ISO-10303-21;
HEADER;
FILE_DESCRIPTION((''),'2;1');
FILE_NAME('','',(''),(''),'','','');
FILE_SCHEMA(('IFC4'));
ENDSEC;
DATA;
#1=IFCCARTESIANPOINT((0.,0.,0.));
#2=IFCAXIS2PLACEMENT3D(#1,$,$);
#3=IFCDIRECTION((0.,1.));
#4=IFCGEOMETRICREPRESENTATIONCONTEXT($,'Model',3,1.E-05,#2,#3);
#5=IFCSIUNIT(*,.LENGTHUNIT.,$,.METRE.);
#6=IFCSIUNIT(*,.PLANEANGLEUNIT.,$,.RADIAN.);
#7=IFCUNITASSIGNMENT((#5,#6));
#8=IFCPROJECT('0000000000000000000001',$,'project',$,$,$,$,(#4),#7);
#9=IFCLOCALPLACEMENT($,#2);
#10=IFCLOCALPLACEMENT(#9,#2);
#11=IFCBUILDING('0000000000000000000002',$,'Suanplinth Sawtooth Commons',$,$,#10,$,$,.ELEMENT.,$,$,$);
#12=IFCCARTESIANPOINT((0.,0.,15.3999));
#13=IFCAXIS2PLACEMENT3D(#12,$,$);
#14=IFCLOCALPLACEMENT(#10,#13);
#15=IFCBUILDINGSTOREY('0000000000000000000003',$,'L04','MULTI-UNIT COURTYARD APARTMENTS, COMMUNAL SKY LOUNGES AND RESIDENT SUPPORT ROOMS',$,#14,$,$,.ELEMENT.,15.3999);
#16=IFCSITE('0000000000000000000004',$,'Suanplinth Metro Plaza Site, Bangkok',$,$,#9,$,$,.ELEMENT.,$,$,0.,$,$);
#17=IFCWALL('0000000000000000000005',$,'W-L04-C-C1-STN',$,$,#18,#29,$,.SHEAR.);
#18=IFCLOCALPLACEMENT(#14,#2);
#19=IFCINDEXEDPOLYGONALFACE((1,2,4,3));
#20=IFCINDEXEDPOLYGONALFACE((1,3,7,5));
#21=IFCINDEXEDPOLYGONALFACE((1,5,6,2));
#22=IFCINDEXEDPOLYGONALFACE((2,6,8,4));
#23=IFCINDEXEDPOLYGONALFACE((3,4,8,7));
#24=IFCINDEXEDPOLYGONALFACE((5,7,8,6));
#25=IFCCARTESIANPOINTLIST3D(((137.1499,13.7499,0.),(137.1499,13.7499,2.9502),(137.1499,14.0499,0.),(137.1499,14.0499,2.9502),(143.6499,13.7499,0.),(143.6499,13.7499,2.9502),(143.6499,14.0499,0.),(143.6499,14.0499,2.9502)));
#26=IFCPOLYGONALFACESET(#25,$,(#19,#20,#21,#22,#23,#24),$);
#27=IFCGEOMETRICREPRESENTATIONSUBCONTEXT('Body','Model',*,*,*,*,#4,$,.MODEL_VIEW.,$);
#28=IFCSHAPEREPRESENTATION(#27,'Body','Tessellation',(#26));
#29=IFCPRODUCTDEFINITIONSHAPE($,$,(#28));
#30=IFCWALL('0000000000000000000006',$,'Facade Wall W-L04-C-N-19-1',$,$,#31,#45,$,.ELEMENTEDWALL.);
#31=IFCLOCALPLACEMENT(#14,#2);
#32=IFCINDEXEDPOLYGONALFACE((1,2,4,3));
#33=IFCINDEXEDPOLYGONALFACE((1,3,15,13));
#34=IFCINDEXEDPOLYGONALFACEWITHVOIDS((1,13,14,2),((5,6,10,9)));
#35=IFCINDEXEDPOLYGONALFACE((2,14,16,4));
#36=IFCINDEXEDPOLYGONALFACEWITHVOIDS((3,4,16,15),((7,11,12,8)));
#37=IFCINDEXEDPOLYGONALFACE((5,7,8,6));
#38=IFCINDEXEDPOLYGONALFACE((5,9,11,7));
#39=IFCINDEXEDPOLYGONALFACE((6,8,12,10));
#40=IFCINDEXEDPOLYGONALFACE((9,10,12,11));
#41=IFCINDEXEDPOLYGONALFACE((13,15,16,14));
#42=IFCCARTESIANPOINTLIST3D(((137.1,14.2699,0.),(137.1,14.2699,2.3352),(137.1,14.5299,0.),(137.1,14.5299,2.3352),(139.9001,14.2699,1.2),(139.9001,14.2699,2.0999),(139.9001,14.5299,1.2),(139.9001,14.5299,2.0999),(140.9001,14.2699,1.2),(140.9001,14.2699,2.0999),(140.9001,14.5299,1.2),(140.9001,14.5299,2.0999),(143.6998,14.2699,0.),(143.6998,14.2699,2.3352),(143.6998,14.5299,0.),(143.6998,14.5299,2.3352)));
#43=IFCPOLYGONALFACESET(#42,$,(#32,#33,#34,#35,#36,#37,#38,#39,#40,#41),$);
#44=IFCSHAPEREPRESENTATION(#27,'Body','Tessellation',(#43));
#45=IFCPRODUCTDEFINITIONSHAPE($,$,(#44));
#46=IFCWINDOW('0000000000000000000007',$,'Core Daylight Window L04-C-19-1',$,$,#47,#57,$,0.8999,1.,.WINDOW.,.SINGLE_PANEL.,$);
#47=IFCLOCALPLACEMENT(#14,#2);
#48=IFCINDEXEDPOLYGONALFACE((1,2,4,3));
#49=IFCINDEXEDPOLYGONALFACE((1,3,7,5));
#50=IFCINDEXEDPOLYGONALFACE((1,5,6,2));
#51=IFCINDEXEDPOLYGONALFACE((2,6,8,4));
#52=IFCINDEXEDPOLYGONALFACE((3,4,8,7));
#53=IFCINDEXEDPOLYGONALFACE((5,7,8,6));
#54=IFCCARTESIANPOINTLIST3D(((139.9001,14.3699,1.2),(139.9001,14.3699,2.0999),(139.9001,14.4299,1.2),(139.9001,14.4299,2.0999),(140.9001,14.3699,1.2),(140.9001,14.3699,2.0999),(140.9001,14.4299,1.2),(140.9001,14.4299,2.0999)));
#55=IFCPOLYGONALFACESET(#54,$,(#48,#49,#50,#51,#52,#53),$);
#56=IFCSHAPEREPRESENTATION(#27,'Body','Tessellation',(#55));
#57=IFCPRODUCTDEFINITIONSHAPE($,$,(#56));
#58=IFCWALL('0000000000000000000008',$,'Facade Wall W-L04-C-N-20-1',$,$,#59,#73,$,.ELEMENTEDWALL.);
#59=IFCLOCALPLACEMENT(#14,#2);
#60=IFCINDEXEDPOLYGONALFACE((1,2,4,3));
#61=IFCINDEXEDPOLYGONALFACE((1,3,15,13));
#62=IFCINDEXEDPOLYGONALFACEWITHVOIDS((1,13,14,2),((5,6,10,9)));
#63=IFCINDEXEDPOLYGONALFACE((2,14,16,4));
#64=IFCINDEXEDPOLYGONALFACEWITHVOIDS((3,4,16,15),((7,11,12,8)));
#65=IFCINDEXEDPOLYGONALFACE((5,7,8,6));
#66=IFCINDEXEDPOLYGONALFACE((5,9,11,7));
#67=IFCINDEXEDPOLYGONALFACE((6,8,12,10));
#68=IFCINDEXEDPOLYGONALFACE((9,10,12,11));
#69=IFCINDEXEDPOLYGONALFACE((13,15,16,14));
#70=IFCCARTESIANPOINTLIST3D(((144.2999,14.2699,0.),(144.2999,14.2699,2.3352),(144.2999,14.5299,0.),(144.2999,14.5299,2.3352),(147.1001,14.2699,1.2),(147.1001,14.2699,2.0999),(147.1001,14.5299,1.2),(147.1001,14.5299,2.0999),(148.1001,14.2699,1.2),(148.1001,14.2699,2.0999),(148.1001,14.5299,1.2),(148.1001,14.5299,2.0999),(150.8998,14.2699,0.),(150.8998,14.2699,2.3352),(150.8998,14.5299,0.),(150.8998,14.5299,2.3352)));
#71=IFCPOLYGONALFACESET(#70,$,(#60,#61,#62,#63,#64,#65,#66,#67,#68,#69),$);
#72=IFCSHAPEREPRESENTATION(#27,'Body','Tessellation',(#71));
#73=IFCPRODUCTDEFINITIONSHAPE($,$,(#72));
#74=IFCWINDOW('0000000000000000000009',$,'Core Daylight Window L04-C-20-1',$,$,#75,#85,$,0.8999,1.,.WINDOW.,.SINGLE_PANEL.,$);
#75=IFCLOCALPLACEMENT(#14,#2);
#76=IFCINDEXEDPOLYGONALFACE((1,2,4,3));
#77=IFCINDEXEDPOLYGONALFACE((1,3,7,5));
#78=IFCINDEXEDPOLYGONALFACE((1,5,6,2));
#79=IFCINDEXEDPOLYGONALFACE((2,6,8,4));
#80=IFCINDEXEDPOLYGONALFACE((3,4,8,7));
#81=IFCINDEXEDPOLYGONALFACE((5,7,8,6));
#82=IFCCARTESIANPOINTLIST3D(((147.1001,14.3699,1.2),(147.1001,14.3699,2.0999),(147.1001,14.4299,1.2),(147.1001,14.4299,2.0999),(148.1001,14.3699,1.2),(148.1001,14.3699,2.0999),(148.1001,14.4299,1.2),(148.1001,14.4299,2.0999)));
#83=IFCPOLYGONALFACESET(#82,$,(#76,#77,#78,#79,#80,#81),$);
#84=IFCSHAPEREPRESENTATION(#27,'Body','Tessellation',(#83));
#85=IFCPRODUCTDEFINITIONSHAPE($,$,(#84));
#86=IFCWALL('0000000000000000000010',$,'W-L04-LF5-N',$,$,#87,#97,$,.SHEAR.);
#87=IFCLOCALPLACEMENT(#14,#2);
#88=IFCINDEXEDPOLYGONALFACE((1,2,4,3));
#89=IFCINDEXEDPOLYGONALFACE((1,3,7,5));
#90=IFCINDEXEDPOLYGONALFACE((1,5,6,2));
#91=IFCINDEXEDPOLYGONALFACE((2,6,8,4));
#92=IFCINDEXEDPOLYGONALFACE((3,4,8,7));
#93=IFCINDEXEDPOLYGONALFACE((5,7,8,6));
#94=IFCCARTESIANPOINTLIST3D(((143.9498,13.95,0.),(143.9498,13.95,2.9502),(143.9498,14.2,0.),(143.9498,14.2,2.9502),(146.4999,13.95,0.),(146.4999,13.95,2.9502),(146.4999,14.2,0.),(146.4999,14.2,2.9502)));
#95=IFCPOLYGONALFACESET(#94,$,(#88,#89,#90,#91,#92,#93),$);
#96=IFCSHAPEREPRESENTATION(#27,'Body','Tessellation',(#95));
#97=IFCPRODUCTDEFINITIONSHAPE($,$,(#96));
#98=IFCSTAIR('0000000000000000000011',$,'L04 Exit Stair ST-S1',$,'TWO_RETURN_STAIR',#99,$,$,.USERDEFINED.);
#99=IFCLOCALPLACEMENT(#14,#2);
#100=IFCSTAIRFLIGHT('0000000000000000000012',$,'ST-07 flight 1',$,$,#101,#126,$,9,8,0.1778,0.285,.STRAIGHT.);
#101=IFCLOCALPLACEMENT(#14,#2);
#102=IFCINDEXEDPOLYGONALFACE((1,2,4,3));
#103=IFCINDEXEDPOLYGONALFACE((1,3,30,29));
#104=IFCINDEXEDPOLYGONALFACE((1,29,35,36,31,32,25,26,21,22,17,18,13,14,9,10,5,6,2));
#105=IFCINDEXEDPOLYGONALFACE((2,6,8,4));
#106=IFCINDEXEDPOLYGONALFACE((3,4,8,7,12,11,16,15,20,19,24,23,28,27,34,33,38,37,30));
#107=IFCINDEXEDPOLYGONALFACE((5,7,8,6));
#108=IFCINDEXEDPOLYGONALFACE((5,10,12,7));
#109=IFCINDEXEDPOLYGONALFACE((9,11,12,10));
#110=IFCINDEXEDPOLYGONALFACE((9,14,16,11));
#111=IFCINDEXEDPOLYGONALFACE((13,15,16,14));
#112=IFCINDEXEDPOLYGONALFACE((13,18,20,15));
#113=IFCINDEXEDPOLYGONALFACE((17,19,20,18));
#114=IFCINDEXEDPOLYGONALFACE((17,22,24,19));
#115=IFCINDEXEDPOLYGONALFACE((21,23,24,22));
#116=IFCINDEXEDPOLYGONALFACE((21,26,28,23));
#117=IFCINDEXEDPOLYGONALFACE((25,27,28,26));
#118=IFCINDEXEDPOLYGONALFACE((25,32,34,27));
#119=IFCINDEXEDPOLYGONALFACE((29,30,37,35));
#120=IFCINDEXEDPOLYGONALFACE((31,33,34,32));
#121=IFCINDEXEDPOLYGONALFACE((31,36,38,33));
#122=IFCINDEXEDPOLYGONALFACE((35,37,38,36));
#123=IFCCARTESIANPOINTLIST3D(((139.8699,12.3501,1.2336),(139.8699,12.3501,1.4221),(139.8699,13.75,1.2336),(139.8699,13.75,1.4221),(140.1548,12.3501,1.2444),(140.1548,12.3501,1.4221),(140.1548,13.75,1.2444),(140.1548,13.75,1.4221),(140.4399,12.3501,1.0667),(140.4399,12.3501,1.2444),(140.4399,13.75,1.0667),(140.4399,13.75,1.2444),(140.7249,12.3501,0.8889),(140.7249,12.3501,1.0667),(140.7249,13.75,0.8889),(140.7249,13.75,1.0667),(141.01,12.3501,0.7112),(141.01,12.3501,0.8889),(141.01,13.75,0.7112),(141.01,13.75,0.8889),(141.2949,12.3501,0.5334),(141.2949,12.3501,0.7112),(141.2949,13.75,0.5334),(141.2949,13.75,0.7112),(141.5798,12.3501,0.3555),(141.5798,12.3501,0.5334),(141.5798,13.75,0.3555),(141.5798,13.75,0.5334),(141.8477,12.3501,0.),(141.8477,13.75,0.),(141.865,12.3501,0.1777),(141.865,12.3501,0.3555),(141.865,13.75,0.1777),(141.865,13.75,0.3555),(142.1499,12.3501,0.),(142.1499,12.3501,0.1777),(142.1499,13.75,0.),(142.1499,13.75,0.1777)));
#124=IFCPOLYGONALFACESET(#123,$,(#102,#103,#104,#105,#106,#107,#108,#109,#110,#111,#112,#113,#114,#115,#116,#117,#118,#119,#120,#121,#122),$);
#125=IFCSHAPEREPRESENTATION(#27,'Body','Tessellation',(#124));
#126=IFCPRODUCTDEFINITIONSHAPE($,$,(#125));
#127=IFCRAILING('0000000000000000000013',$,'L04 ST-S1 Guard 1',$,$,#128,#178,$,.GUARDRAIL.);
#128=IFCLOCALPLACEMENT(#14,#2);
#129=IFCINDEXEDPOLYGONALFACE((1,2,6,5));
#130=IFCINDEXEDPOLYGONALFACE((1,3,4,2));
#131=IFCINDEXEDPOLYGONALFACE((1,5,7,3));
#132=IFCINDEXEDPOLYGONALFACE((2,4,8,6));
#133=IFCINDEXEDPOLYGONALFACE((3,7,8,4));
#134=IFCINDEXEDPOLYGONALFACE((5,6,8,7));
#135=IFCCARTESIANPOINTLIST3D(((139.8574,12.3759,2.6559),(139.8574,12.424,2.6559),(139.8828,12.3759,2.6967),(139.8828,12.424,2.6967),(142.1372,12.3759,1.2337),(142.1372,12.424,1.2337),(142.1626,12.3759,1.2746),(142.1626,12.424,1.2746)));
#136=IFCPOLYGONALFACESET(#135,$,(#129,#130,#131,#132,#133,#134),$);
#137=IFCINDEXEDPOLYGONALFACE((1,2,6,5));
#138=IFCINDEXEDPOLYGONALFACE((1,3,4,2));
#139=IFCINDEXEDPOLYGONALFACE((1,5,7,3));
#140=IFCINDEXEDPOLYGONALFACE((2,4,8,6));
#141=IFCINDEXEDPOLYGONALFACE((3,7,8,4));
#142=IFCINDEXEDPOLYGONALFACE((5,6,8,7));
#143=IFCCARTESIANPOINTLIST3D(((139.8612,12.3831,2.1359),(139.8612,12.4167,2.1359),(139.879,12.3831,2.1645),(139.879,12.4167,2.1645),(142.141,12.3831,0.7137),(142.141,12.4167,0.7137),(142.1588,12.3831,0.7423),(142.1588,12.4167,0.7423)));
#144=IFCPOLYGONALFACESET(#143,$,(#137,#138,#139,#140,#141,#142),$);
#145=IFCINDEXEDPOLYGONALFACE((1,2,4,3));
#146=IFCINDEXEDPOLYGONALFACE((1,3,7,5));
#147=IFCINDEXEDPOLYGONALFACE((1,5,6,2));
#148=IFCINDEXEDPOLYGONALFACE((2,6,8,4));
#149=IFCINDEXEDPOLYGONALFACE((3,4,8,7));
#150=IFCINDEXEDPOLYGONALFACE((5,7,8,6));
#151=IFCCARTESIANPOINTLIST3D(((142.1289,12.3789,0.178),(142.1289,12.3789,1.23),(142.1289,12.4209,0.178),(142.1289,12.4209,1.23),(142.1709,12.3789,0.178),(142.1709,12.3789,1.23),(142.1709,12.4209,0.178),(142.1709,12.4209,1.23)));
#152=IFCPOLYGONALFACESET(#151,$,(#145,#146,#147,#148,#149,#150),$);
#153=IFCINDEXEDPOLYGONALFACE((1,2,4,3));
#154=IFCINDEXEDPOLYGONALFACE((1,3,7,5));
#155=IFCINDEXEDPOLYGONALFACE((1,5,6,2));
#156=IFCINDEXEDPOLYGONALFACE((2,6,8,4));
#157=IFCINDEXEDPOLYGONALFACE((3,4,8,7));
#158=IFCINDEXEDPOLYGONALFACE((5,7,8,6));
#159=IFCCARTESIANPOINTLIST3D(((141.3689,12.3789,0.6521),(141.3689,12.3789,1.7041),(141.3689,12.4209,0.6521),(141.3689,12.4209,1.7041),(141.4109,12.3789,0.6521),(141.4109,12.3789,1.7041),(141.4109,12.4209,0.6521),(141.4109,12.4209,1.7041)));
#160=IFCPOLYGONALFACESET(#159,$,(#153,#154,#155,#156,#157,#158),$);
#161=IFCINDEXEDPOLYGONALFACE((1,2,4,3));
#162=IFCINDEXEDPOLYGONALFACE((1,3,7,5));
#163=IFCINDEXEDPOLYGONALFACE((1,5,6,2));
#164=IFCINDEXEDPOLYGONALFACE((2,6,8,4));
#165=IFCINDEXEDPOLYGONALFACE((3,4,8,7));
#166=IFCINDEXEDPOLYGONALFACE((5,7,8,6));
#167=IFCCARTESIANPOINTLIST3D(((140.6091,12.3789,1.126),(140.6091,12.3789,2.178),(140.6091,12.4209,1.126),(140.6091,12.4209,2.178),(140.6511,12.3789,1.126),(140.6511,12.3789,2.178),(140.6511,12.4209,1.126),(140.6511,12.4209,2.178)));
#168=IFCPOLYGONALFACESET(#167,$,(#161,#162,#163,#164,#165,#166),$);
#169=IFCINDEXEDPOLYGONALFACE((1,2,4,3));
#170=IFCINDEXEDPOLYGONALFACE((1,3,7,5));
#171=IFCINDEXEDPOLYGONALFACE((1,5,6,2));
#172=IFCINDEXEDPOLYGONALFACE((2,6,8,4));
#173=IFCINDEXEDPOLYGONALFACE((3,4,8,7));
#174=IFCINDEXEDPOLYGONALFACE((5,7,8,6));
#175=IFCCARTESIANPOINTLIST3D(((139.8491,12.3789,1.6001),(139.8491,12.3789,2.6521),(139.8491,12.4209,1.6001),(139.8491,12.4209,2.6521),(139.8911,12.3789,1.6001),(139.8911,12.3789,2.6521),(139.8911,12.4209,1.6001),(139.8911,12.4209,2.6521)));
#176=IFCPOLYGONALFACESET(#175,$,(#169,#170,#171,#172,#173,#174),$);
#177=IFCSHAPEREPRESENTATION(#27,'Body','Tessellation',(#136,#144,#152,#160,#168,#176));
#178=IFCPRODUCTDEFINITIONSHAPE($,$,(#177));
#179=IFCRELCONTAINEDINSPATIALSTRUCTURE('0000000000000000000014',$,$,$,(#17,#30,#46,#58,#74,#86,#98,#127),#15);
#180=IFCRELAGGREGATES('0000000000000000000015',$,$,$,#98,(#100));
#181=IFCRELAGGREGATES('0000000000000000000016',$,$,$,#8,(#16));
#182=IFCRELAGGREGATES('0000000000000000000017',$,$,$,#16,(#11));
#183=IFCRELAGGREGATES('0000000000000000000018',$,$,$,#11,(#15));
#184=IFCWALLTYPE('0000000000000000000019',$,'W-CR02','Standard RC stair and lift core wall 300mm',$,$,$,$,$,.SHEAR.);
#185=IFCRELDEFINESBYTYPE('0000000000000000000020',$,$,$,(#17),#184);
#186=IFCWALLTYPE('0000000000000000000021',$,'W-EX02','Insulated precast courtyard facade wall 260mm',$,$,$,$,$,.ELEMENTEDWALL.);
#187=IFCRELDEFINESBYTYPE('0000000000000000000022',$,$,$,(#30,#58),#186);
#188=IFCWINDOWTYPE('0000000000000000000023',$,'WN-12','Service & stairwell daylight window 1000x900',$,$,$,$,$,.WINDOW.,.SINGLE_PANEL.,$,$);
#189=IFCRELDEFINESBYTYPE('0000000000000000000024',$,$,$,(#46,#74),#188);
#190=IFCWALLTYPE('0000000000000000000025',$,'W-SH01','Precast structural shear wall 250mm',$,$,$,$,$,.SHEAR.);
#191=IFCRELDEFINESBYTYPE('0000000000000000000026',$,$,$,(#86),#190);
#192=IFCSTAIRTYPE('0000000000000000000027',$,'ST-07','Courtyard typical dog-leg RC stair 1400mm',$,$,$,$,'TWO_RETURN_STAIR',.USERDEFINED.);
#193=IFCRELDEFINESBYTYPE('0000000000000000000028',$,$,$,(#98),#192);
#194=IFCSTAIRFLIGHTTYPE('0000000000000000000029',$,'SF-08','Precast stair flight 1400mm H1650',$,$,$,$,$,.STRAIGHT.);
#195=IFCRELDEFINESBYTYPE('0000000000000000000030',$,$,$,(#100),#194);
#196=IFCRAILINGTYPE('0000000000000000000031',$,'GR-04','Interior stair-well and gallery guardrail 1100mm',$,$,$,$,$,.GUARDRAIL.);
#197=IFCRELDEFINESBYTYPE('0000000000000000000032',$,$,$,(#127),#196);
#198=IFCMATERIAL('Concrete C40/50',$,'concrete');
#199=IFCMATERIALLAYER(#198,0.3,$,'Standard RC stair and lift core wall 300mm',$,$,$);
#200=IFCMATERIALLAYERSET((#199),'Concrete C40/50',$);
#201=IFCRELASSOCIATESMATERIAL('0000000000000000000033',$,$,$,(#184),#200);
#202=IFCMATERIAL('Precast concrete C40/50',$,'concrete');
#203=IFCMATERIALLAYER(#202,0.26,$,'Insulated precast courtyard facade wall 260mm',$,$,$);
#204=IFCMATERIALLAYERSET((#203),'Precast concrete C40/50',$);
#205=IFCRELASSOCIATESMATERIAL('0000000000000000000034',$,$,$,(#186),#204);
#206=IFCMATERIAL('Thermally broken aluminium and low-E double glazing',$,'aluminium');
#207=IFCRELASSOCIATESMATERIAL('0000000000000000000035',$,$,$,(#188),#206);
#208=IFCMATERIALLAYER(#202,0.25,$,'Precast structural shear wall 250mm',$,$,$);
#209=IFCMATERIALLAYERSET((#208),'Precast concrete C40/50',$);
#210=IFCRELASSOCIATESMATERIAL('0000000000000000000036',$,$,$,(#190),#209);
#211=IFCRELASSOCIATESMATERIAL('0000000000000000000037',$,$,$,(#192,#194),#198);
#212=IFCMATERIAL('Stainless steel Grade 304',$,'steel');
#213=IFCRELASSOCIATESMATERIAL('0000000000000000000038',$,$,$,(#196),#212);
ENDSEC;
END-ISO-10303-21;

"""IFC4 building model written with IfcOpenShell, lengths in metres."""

from ifc_helpers import new_model, si_unit, direction, frame, frame_2d, origin, origin_2d, place, context, subcontext, project, spatial, polyline, rectangle, outline, extrude, material, layer, layer_set, type_object, element, fill, aggregate, save


model = new_model("IFC4")

# Units and contexts
model_context = context("Model", 3, precision=1e-05, world=origin(), true_north=direction((0.0, 1.0)))
body_context = subcontext(model_context, "Body", "Model", "MODEL_VIEW")
ifc_project = project(units=[si_unit("LENGTHUNIT", "METRE"), si_unit("PLANEANGLEUNIT", "RADIAN")], contexts=[model_context])

# Site, building, storey
site_placement = place(None, origin())
site = spatial("IfcSite", under=ifc_project, at=site_placement, Name="Suanplinth Metro Plaza Site, Bangkok", CompositionType="ELEMENT", RefElevation=0.0)
building_placement = place(site_placement, origin())
building = spatial("IfcBuilding", under=site, at=building_placement, Name="Suanplinth Sawtooth Commons", CompositionType="ELEMENT")
storey_placement = place(building_placement, frame((0.0, 0.0, 15.3999)))
storey = spatial("IfcBuildingStorey", under=building, at=storey_placement, Name="L04", Description="MULTI-UNIT COURTYARD APARTMENTS, COMMUNAL SKY LOUNGES AND RESIDENT SUPPORT ROOMS", CompositionType="ELEMENT", Elevation=15.3999)

# Shared definitions
ifc_material_1 = material(Name="Precast concrete C40/50", Category="concrete")

# Wall
ifc_material_2 = material(Name="Concrete C40/50", Category="concrete")
ifc_layer_1 = layer(ifc_material_2, 0.3, Name="Standard RC stair and lift core wall 300mm")
ifc_layer_set_1 = layer_set([ifc_layer_1], Name="Concrete C40/50")
wall_type_1 = type_object("IfcWallType", Name="W-CR02", Description="Standard RC stair and lift core wall 300mm", PredefinedType="SHEAR", material=ifc_layer_set_1)
wall_1_placement = place(storey_placement, frame((137.1499, 13.8999, 0.0), z_axis=(0.0, 0.0, 1.0), x_axis=(1.0, 0.0, 0.0)))
element("IfcWall", 1, at=wall_1_placement, inside=storey, type_object=wall_type_1, Name="W-L04-C-C1-STN", PredefinedType="SHEAR", context=body_context, shape_type="SweptSolid", body=[
    extrude(rectangle(XDim=6.5, YDim=0.3, at=frame_2d((3.25, 0.0))), origin(), (0.0, 0.0, 1.0), 2.9502),
])

# Shared definitions
ifc_layer_2 = layer(ifc_material_1, 0.26, Name="Insulated precast courtyard facade wall 260mm")
ifc_layer_set_2 = layer_set([ifc_layer_2], Name="Precast concrete C40/50")
wall_type_2 = type_object("IfcWallType", Name="W-EX02", Description="Insulated precast courtyard facade wall 260mm", PredefinedType="ELEMENTEDWALL", material=ifc_layer_set_2)
ifc_material_3 = material(Name="Thermally broken aluminium and low-E double glazing", Category="aluminium")

# Walls, openings, windows
wall_2_placement = place(storey_placement, frame((137.1001, 14.3999, 0.0), z_axis=(0.0, 0.0, 1.0), x_axis=(1.0, 0.0, 0.0)))
wall_2 = element("IfcWall", 2, at=wall_2_placement, inside=storey, type_object=wall_type_2, Name="Facade Wall W-L04-C-N-19-1", PredefinedType="ELEMENTEDWALL", context=body_context, shape_type="SweptSolid", body=[
    extrude(rectangle(XDim=6.5999, YDim=0.26, at=frame_2d((3.2998, 0.0))), origin(), (0.0, 0.0, 1.0), 2.3352),
])
opening_1_placement = place(wall_2_placement, frame((2.8, 0.0, 1.2)))
opening_1 = element("IfcOpeningElement", 3, at=opening_1_placement, cuts=wall_2, PredefinedType="OPENING", context=body_context, shape_type="SweptSolid", body=[
    extrude(rectangle(XDim=1.0, YDim=0.8999, at=frame_2d((0.5, 0.45))), frame((0.0, 0.145, 0.0), z_axis=(0.0, -1.0, 0.0), x_axis=(1.0, 0.0, 0.0)), (0.0, 0.0, 1.0), 0.2898),
])
window_type_1 = type_object("IfcWindowType", Name="WN-12", Description="Service & stairwell daylight window 1000x900", PartitioningType="SINGLE_PANEL", PredefinedType="WINDOW", material=ifc_material_3)
window_1_placement = place(opening_1_placement, origin())
window_1 = element("IfcWindow", 4, at=window_1_placement, inside=storey, type_object=window_type_1, Name="Core Daylight Window L04-C-19-1", OverallHeight=0.8999, OverallWidth=1.0, PartitioningType="SINGLE_PANEL", PredefinedType="WINDOW", context=body_context, shape_type="SweptSolid", body=[
    extrude(rectangle(XDim=1.0, YDim=0.8999, at=frame_2d((0.5, 0.45))), frame((0.0, 0.03, 0.0), z_axis=(0.0, -1.0, 0.0), x_axis=(1.0, 0.0, 0.0)), (0.0, 0.0, 1.0), 0.0601),
])
fill(opening_1, window_1)
wall_3_placement = place(storey_placement, frame((144.3, 14.3999, 0.0), z_axis=(0.0, 0.0, 1.0), x_axis=(1.0, 0.0, 0.0)))
wall_3 = element("IfcWall", 5, at=wall_3_placement, inside=storey, type_object=wall_type_2, Name="Facade Wall W-L04-C-N-20-1", PredefinedType="ELEMENTEDWALL", context=body_context, shape_type="SweptSolid", body=[
    extrude(rectangle(XDim=6.5999, YDim=0.26, at=frame_2d((3.2998, 0.0))), origin(), (0.0, 0.0, 1.0), 2.3352),
])
opening_2_placement = place(wall_3_placement, frame((2.8, 0.0, 1.2)))
opening_2 = element("IfcOpeningElement", 6, at=opening_2_placement, cuts=wall_3, PredefinedType="OPENING", context=body_context, shape_type="SweptSolid", body=[
    extrude(rectangle(XDim=1.0, YDim=0.8999, at=frame_2d((0.5, 0.45))), frame((0.0, 0.145, 0.0), z_axis=(0.0, -1.0, 0.0), x_axis=(1.0, 0.0, 0.0)), (0.0, 0.0, 1.0), 0.2898),
])
window_2_placement = place(opening_2_placement, origin())
window_2 = element("IfcWindow", 7, at=window_2_placement, inside=storey, type_object=window_type_1, Name="Core Daylight Window L04-C-20-1", OverallHeight=0.8999, OverallWidth=1.0, PartitioningType="SINGLE_PANEL", PredefinedType="WINDOW", context=body_context, shape_type="SweptSolid", body=[
    extrude(rectangle(XDim=1.0, YDim=0.8999, at=frame_2d((0.5, 0.45))), frame((0.0, 0.03, 0.0), z_axis=(0.0, -1.0, 0.0), x_axis=(1.0, 0.0, 0.0)), (0.0, 0.0, 1.0), 0.0601),
])
fill(opening_2, window_2)

# Wall
ifc_layer_3 = layer(ifc_material_1, 0.25, Name="Precast structural shear wall 250mm")
ifc_layer_set_3 = layer_set([ifc_layer_3], Name="Precast concrete C40/50")
wall_type_3 = type_object("IfcWallType", Name="W-SH01", Description="Precast structural shear wall 250mm", PredefinedType="SHEAR", material=ifc_layer_set_3)
wall_4_placement = place(storey_placement, frame((143.95, 14.075, 0.0), z_axis=(0.0, 0.0, 1.0), x_axis=(1.0, 0.0, 0.0)))
element("IfcWall", 8, at=wall_4_placement, inside=storey, type_object=wall_type_3, Name="W-L04-LF5-N", PredefinedType="SHEAR", context=body_context, shape_type="SweptSolid", body=[
    extrude(rectangle(XDim=2.55, YDim=0.25, at=frame_2d((1.2749, 0.0))), origin(), (0.0, 0.0, 1.0), 2.9502),
])

# Stair, stair flight
stair_type = type_object("IfcStairType", Name="ST-07", Description="Courtyard typical dog-leg RC stair 1400mm", ElementType="TWO_RETURN_STAIR", PredefinedType="USERDEFINED", material=ifc_material_2)
stair_placement = place(storey_placement, origin())
stair = element("IfcStair", 9, at=stair_placement, inside=storey, type_object=stair_type, Name="L04 Exit Stair ST-S1", ObjectType="TWO_RETURN_STAIR", PredefinedType="USERDEFINED")
stair_flight_type = type_object("IfcStairFlightType", Name="SF-08", Description="Precast stair flight 1400mm H1650", PredefinedType="STRAIGHT", material=ifc_material_2)
stair_flight_placement = place(storey_placement, frame((142.1499, 13.05, 0.0), z_axis=(0.0, 0.0, 1.0), x_axis=(-1.0, 0.0, 0.0)))
stair_flight = element("IfcStairFlight", 10, at=stair_flight_placement, type_object=stair_flight_type, Name="ST-07 flight 1", NumberOfRisers=9, NumberOfTreads=8, PredefinedType="STRAIGHT", RiserHeight=0.1778, TreadLength=0.285, context=body_context, shape_type="SweptSolid", body=[
    extrude(outline(polyline([(0.0, 0.0), (0.0, 0.1777), (0.2849, 0.1777), (0.2849, 0.3555), (0.5701, 0.3555), (0.5701, 0.5334), (0.855, 0.5334), (0.855, 0.7112), (1.1399, 0.7112), (1.1399, 0.8889), (1.425, 0.8889), (1.425, 1.0667), (1.71, 1.0667), (1.71, 1.2444), (1.9951, 1.2444), (1.9951, 1.4221), (2.28, 1.4221), (2.28, 1.6001), (2.28, 1.2336), (0.3022, 0.0), (0.0, 0.0)])), frame((0.0, 0.7, 0.0), z_axis=(0.0, -1.0, 0.0), x_axis=(1.0, 0.0, 0.0)), (0.0, 0.0, 1.0), 1.3999),
])
aggregate(stair, [stair_flight])

# Railing
ifc_material_4 = material(Name="Stainless steel Grade 304", Category="steel")
railing_type_1 = type_object("IfcRailingType", Name="GR-04", Description="Interior stair-well and gallery guardrail 1100mm", PredefinedType="GUARDRAIL", material=ifc_material_4)
railing_1_placement = place(storey_placement, frame((142.1499, 12.3999, 0.178)))
element("IfcRailing", 11, at=railing_1_placement, inside=storey, type_object=railing_type_1, Name="L04 ST-S1 Guard 1", PredefinedType="GUARDRAIL", context=body_context, shape_type="SweptSolid", body=[
    extrude(rectangle(XDim=0.0481, YDim=0.0481, at=origin_2d()), frame((0.0, 0.0, 1.0762), z_axis=(-0.848457, 0.0, 0.529264), x_axis=(0.0, -1.0, 0.0)), (0.0, 0.0, 1.0), 2.687),
    extrude(rectangle(XDim=0.0337, YDim=0.0337, at=origin_2d()), frame((0.0, 0.0, 0.55), z_axis=(-0.848457, 0.0, 0.529264), x_axis=(0.0, -1.0, 0.0)), (0.0, 0.0, 1.0), 2.687),
    extrude(rectangle(XDim=0.042, YDim=0.042, at=origin_2d()), origin(), (0.0, 0.0, 1.0), 1.052),
    extrude(rectangle(XDim=0.042, YDim=0.042, at=origin_2d()), frame((-0.76, 0.0, 0.4741)), (0.0, 0.0, 1.0), 1.052),
    extrude(rectangle(XDim=0.042, YDim=0.042, at=origin_2d()), frame((-1.5198, 0.0, 0.948)), (0.0, 0.0, 1.0), 1.052),
    extrude(rectangle(XDim=0.042, YDim=0.042, at=origin_2d()), frame((-2.2798, 0.0, 1.4221)), (0.0, 0.0, 1.0), 1.052),
])

save(model, "model.ifc")
